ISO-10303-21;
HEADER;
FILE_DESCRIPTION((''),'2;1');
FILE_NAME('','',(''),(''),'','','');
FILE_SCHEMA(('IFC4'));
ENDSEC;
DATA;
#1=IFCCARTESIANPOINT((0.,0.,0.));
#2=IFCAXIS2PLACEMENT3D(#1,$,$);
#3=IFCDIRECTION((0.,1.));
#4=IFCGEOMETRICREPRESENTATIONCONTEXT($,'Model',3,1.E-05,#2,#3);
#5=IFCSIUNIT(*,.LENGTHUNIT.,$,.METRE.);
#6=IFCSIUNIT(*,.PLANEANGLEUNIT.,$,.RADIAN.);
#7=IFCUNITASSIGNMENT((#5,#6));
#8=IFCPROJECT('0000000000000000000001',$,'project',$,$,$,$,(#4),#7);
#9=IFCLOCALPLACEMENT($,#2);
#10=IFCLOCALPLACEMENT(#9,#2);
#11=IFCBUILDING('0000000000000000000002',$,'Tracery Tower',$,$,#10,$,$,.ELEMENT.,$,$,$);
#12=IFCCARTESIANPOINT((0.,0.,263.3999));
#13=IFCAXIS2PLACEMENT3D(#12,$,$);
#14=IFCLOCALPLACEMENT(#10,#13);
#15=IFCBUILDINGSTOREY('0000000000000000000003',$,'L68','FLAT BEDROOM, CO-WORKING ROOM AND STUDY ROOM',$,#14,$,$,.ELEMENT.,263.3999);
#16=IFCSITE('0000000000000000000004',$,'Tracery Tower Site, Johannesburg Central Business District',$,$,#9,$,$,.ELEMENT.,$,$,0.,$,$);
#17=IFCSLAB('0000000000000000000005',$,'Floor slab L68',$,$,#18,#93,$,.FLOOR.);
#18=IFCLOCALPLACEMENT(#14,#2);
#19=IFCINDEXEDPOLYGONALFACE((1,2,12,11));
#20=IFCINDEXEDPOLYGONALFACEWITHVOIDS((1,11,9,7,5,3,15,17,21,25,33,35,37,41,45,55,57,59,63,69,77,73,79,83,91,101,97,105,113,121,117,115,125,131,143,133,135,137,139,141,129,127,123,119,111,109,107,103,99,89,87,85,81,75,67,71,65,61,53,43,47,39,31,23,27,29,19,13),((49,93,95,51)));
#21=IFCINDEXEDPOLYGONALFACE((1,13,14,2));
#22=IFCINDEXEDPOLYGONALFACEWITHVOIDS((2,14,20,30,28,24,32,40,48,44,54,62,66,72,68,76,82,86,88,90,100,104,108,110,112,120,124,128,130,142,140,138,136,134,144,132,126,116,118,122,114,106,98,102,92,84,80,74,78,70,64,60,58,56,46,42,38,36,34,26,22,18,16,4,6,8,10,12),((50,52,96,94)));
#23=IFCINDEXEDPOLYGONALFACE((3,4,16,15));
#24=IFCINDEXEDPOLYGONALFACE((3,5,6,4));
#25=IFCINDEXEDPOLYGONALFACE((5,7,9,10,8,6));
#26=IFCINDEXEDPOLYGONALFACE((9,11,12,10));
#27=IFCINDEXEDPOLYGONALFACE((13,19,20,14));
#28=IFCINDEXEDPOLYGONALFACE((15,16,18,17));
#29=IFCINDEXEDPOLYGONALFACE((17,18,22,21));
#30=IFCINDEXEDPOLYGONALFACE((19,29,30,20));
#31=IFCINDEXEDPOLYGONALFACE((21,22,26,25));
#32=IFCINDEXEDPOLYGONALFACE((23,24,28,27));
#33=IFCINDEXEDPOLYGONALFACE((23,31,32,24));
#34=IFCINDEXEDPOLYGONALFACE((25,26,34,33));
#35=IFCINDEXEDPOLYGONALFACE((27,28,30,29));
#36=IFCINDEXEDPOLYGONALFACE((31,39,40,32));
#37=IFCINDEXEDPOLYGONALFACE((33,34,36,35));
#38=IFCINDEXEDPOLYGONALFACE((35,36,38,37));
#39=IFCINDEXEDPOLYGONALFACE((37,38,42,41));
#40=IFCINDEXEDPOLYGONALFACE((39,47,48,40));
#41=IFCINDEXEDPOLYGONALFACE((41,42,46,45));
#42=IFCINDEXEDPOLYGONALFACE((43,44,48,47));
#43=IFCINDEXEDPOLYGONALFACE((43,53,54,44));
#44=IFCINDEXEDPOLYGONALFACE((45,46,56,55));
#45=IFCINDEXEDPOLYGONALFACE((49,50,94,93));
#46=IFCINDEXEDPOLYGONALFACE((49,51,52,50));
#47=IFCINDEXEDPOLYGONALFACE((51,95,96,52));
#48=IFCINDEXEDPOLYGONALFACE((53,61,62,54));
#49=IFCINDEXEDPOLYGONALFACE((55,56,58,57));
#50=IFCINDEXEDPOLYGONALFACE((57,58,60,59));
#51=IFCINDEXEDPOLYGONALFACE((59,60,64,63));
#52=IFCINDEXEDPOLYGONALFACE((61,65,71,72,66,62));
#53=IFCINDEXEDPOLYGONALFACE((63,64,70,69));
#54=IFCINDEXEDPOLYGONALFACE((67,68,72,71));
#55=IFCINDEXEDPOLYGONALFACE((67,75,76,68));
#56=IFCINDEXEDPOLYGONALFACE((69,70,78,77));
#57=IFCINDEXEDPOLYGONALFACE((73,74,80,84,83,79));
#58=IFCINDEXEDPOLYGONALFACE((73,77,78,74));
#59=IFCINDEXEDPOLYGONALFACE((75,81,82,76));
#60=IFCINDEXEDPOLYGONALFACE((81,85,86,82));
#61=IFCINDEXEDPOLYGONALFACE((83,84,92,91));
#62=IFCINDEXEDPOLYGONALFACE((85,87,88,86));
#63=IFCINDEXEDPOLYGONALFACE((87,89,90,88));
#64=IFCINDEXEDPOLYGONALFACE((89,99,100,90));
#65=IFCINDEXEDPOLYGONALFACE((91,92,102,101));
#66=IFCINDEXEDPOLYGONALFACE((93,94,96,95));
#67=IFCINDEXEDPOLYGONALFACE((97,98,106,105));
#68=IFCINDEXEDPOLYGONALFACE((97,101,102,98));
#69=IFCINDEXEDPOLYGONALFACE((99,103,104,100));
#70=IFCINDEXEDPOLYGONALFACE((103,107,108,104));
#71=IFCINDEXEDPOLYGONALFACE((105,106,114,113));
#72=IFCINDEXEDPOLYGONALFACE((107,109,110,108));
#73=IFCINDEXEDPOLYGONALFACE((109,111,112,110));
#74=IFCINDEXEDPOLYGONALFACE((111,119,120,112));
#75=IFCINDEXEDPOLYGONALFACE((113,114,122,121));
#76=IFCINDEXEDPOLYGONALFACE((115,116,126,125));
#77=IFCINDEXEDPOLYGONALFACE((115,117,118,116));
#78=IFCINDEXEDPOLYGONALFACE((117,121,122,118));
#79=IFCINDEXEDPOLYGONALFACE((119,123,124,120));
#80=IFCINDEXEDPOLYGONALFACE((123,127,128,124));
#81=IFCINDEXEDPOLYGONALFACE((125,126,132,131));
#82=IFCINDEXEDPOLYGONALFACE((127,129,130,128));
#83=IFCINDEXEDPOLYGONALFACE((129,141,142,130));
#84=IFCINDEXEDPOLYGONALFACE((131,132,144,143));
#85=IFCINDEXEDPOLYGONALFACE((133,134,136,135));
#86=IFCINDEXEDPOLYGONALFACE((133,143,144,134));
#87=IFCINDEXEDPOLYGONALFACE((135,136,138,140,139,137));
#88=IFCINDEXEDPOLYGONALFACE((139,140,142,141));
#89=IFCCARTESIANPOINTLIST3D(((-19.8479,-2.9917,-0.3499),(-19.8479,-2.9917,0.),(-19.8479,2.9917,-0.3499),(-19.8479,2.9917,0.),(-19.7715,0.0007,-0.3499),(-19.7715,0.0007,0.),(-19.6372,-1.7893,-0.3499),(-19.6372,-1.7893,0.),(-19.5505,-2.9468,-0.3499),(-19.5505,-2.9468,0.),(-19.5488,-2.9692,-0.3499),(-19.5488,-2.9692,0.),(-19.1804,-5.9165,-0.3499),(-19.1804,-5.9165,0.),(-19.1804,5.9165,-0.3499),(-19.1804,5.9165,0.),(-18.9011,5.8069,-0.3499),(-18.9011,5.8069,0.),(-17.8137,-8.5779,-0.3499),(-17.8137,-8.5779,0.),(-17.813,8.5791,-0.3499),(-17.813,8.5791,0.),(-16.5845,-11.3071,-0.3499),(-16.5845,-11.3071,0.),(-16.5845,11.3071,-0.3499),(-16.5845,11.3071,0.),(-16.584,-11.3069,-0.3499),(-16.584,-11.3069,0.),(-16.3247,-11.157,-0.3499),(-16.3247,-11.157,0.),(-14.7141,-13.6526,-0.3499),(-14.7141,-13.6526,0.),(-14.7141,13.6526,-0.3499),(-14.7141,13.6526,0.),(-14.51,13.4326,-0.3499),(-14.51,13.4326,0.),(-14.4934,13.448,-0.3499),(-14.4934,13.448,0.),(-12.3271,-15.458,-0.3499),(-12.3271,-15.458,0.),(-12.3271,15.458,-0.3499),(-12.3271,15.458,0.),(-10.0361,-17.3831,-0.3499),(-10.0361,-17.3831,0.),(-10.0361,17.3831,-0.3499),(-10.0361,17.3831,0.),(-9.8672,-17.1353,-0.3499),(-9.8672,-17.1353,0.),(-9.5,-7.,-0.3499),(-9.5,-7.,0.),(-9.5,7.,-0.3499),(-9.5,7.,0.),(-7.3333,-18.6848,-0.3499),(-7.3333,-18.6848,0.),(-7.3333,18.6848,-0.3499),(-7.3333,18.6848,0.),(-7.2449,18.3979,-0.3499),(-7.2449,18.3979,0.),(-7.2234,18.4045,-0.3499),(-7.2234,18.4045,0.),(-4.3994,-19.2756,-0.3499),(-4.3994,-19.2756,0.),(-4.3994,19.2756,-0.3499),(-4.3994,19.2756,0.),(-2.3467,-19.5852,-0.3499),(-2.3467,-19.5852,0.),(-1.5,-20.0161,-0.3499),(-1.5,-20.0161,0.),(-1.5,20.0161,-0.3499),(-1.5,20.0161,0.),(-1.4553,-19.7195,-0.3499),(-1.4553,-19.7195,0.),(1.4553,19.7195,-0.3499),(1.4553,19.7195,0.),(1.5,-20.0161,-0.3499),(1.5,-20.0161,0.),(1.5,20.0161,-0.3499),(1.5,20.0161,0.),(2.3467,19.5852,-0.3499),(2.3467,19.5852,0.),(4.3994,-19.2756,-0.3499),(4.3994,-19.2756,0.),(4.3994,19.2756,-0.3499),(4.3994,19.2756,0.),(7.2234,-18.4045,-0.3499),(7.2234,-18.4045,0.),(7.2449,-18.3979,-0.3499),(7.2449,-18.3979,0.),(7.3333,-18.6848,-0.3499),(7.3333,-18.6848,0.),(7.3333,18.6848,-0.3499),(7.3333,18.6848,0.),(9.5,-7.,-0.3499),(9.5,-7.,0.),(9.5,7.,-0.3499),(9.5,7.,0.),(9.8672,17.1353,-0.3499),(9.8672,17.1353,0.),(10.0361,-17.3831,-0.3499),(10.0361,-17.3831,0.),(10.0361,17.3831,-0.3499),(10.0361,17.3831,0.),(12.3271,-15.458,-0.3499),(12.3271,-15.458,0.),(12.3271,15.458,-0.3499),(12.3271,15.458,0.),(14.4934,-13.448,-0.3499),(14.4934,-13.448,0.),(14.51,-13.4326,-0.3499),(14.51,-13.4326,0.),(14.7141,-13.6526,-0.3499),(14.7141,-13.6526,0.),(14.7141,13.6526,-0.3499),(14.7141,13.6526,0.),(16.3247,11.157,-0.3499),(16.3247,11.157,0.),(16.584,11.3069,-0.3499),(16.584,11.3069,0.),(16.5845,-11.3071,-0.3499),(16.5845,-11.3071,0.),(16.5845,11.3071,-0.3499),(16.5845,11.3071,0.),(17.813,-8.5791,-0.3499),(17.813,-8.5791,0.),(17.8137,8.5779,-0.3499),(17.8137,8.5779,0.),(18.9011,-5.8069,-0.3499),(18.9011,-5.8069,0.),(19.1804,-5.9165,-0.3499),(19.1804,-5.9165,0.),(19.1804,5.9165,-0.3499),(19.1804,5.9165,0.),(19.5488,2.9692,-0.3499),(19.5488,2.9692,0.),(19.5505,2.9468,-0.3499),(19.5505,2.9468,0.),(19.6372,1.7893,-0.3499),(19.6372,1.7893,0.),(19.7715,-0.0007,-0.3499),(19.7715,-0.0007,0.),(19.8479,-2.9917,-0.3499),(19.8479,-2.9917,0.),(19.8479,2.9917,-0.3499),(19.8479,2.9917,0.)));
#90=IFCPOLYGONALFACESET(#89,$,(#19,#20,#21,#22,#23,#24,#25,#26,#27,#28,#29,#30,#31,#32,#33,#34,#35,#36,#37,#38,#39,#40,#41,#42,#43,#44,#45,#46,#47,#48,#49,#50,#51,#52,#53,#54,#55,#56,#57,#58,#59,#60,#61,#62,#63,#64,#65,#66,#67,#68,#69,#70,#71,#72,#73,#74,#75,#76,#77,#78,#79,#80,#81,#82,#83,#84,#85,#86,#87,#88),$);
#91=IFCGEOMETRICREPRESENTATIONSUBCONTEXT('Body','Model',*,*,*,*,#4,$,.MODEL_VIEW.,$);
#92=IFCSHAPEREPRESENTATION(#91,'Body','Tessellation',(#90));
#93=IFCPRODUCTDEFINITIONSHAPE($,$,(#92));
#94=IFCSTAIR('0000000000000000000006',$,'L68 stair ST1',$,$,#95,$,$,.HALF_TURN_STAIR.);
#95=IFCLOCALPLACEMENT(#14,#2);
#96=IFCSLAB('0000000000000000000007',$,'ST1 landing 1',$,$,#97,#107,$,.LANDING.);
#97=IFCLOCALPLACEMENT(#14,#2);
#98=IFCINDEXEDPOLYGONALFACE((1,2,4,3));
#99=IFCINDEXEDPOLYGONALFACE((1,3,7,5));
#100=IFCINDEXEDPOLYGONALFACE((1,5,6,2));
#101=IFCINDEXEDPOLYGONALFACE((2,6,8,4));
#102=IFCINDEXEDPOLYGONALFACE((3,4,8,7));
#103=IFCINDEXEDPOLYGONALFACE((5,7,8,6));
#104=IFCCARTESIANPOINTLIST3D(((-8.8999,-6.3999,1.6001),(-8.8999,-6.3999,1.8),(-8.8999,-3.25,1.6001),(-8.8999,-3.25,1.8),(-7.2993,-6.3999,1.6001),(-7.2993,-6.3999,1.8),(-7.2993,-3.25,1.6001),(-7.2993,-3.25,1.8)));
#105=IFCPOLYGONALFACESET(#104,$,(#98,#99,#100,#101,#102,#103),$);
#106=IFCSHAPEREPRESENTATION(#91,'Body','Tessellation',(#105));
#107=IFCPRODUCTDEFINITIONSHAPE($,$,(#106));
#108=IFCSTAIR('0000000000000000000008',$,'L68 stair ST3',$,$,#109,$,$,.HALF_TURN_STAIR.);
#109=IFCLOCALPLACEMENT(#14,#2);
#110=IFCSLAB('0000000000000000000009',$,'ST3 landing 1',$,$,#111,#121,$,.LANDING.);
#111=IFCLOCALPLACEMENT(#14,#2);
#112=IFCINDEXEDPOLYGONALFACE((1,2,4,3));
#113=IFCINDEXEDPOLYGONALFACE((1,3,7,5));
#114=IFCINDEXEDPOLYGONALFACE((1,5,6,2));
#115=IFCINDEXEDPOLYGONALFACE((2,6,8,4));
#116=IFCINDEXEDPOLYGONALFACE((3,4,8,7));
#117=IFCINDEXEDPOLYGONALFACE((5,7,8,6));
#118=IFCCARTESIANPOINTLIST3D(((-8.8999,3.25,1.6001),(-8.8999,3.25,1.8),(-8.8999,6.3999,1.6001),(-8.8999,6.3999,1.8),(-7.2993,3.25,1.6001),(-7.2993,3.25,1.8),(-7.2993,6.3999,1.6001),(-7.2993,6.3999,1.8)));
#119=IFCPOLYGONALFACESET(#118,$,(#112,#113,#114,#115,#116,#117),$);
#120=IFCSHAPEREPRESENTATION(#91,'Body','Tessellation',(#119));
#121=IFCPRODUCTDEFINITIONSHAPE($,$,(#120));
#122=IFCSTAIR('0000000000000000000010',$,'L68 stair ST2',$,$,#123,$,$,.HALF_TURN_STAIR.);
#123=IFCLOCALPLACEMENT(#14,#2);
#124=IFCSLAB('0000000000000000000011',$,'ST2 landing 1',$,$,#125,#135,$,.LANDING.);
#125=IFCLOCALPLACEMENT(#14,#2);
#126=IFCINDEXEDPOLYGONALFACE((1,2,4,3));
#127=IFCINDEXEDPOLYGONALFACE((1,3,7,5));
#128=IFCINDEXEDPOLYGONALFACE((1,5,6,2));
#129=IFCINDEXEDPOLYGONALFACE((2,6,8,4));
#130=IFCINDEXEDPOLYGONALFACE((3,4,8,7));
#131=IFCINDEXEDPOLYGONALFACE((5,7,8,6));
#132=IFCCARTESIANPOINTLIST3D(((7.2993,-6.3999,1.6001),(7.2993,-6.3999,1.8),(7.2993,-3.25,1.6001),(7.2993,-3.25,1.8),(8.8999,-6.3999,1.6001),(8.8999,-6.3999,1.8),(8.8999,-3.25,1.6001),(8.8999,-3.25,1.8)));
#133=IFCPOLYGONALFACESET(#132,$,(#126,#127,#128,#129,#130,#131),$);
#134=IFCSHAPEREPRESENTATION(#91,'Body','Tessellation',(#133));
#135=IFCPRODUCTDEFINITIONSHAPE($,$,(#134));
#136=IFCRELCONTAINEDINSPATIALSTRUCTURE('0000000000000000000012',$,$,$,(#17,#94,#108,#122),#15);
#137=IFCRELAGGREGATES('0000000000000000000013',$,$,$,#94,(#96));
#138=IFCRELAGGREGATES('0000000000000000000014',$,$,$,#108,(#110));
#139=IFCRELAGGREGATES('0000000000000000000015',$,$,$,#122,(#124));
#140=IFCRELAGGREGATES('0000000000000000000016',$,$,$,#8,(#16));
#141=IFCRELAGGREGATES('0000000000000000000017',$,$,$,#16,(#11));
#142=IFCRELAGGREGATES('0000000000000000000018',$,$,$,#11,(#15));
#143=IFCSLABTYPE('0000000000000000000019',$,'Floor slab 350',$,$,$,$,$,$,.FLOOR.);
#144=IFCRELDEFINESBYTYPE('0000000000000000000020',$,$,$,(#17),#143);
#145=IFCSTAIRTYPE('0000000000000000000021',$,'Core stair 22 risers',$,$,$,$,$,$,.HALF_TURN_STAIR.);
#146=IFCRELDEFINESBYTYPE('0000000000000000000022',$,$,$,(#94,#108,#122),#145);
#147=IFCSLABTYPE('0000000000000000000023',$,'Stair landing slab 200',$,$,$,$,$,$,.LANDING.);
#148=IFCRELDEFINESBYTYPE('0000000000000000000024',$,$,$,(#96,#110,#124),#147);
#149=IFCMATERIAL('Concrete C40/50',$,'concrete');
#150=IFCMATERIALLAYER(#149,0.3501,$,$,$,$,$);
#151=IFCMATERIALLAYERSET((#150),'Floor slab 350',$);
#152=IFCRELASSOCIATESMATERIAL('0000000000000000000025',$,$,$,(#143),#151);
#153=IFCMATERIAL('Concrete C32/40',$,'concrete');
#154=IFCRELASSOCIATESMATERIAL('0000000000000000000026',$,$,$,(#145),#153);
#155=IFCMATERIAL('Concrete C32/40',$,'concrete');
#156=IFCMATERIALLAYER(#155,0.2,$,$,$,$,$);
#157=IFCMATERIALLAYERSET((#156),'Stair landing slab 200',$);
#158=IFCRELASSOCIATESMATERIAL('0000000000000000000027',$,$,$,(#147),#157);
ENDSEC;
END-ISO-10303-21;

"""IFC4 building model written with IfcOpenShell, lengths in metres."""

from ifc_helpers import new_model, si_unit, direction, frame, origin, place, context, subcontext, project, spatial, polyline, outline, extrude, material, layer, layer_set, type_object, element, aggregate, save


model = new_model("IFC4")

# Units and contexts
model_context = context("Model", 3, precision=1e-05, world=origin(), true_north=direction((0.0, 1.0)))
body_context = subcontext(model_context, "Body", "Model", "MODEL_VIEW")
ifc_project = project(units=[si_unit("LENGTHUNIT", "METRE"), si_unit("PLANEANGLEUNIT", "RADIAN")], contexts=[model_context])

# Site, building, storey
site_placement = place(None, origin())
site = spatial("IfcSite", under=ifc_project, at=site_placement, Name="Tracery Tower Site, Johannesburg Central Business District", CompositionType="ELEMENT", RefElevation=0.0)
building_placement = place(site_placement, origin())
building = spatial("IfcBuilding", under=site, at=building_placement, Name="Tracery Tower", CompositionType="ELEMENT")
storey_placement = place(building_placement, frame((0.0, 0.0, 263.3999)))
storey = spatial("IfcBuildingStorey", under=building, at=storey_placement, Name="L68", Description="FLAT BEDROOM, CO-WORKING ROOM AND STUDY ROOM", CompositionType="ELEMENT", Elevation=263.3999)

# Slab
ifc_material_1 = material(Name="Concrete C40/50", Category="concrete")
ifc_layer_1 = layer(ifc_material_1, 0.3501)
ifc_layer_set_1 = layer_set([ifc_layer_1], Name="Floor slab 350")
slab_type_1 = type_object("IfcSlabType", Name="Floor slab 350", PredefinedType="FLOOR", material=ifc_layer_set_1)
slab_1_placement = place(storey_placement, frame((0.0, 0.0, -0.3499)))
element("IfcSlab", 1, at=slab_1_placement, inside=storey, type_object=slab_type_1, Name="Floor slab L68", PredefinedType="FLOOR", context=body_context, shape_type="SweptSolid", body=[
    extrude(outline(polyline([(19.5505, 2.9468), (19.5488, 2.9692), (19.8479, 2.9917), (19.1804, 5.9165), (17.8137, 8.5779), (16.3247, 11.157), (16.584, 11.3069), (16.5845, 11.3071), (14.7141, 13.6526), (12.3271, 15.458), (9.8672, 17.1353), (10.0361, 17.3831), (7.3333, 18.6848), (4.3994, 19.2756), (2.3467, 19.5852), (1.4553, 19.7195), (1.5, 20.0161), (1.5, 20.0161), (-1.5, 20.0161), (-4.3994, 19.2756), (-7.2234, 18.4045), (-7.2234, 18.4045), (-7.2449, 18.3979), (-7.3333, 18.6848), (-10.0361, 17.3831), (-12.3271, 15.458), (-14.4934, 13.448), (-14.4934, 13.448), (-14.51, 13.4326), (-14.7141, 13.6526), (-14.7141, 13.6526), (-16.5845, 11.3071), (-17.813, 8.5791), (-18.9011, 5.8069), (-19.1804, 5.9165), (-19.8479, 2.9917), (-19.7715, 0.0007), (-19.6372, -1.7893), (-19.5505, -2.9468), (-19.5505, -2.9468), (-19.5488, -2.9692), (-19.8479, -2.9917), (-19.1804, -5.9165), (-17.8137, -8.5779), (-16.3247, -11.157), (-16.584, -11.3069), (-16.5845, -11.3071), (-14.7141, -13.6526), (-12.3271, -15.458), (-9.8672, -17.1353), (-10.0361, -17.3831), (-7.3333, -18.6848), (-4.3994, -19.2756), (-2.3467, -19.5852), (-1.4553, -19.7195), (-1.5, -20.0161), (-1.5, -20.0161), (1.5, -20.0161), (4.3994, -19.2756), (7.2234, -18.4045), (7.2234, -18.4045), (7.2449, -18.3979), (7.3333, -18.6848), (10.0361, -17.3831), (12.3271, -15.458), (14.4934, -13.448), (14.4934, -13.448), (14.51, -13.4326), (14.7141, -13.6526), (14.7141, -13.6526), (16.5845, -11.3071), (17.813, -8.5791), (18.9011, -5.8069), (19.1804, -5.9165), (19.8479, -2.9917), (19.7715, -0.0007), (19.6372, 1.7893), (19.5505, 2.9468), (19.5505, 2.9468)]), holes=[polyline([(-9.5, -7.0), (9.5, -7.0), (9.5, 7.0), (-9.5, 7.0), (-9.5, -7.0)])]), origin(), (0.0, 0.0, 1.0), 0.3499),
])

# Stairs, slabs
ifc_material_2 = material(Name="Concrete C32/40", Category="concrete")
stair_type = type_object("IfcStairType", Name="Core stair 22 risers", PredefinedType="HALF_TURN_STAIR", material=ifc_material_2)
stair_1_placement = place(storey_placement, origin())
stair_1 = element("IfcStair", 2, at=stair_1_placement, inside=storey, type_object=stair_type, Name="L68 stair ST1", PredefinedType="HALF_TURN_STAIR")
ifc_material_3 = material(Name="Concrete C32/40", Category="concrete")
ifc_layer_2 = layer(ifc_material_3, 0.2)
ifc_layer_set_2 = layer_set([ifc_layer_2], Name="Stair landing slab 200")
slab_type_2 = type_object("IfcSlabType", Name="Stair landing slab 200", PredefinedType="LANDING", material=ifc_layer_set_2)
slab_2_placement = place(storey_placement, frame((0.0, 0.0, 1.6001)))
slab_2 = element("IfcSlab", 3, at=slab_2_placement, type_object=slab_type_2, Name="ST1 landing 1", PredefinedType="LANDING", context=body_context, shape_type="SweptSolid", body=[
    extrude(outline(polyline([(-7.2993, -3.25), (-8.8999, -3.25), (-8.8999, -6.3999), (-7.2993, -6.3999), (-7.2993, -3.25)])), origin(), (0.0, 0.0, 1.0), 0.2),
])
aggregate(stair_1, [slab_2])
stair_2_placement = place(storey_placement, origin())
stair_2 = element("IfcStair", 4, at=stair_2_placement, inside=storey, type_object=stair_type, Name="L68 stair ST3", PredefinedType="HALF_TURN_STAIR")
slab_3_placement = place(storey_placement, frame((0.0, 0.0, 1.6001)))
slab_3 = element("IfcSlab", 5, at=slab_3_placement, type_object=slab_type_2, Name="ST3 landing 1", PredefinedType="LANDING", context=body_context, shape_type="SweptSolid", body=[
    extrude(outline(polyline([(-7.2993, 6.3999), (-8.8999, 6.3999), (-8.8999, 3.25), (-7.2993, 3.25), (-7.2993, 6.3999)])), origin(), (0.0, 0.0, 1.0), 0.2),
])
aggregate(stair_2, [slab_3])
stair_3_placement = place(storey_placement, origin())
stair_3 = element("IfcStair", 6, at=stair_3_placement, inside=storey, type_object=stair_type, Name="L68 stair ST2", PredefinedType="HALF_TURN_STAIR")
slab_4_placement = place(storey_placement, frame((0.0, 0.0, 1.6001)))
slab_4 = element("IfcSlab", 7, at=slab_4_placement, type_object=slab_type_2, Name="ST2 landing 1", PredefinedType="LANDING", context=body_context, shape_type="SweptSolid", body=[
    extrude(outline(polyline([(7.2993, -6.3999), (8.8999, -6.3999), (8.8999, -3.25), (7.2993, -3.25), (7.2993, -6.3999)])), origin(), (0.0, 0.0, 1.0), 0.2),
])
aggregate(stair_3, [slab_4])

save(model, "model.ifc")
